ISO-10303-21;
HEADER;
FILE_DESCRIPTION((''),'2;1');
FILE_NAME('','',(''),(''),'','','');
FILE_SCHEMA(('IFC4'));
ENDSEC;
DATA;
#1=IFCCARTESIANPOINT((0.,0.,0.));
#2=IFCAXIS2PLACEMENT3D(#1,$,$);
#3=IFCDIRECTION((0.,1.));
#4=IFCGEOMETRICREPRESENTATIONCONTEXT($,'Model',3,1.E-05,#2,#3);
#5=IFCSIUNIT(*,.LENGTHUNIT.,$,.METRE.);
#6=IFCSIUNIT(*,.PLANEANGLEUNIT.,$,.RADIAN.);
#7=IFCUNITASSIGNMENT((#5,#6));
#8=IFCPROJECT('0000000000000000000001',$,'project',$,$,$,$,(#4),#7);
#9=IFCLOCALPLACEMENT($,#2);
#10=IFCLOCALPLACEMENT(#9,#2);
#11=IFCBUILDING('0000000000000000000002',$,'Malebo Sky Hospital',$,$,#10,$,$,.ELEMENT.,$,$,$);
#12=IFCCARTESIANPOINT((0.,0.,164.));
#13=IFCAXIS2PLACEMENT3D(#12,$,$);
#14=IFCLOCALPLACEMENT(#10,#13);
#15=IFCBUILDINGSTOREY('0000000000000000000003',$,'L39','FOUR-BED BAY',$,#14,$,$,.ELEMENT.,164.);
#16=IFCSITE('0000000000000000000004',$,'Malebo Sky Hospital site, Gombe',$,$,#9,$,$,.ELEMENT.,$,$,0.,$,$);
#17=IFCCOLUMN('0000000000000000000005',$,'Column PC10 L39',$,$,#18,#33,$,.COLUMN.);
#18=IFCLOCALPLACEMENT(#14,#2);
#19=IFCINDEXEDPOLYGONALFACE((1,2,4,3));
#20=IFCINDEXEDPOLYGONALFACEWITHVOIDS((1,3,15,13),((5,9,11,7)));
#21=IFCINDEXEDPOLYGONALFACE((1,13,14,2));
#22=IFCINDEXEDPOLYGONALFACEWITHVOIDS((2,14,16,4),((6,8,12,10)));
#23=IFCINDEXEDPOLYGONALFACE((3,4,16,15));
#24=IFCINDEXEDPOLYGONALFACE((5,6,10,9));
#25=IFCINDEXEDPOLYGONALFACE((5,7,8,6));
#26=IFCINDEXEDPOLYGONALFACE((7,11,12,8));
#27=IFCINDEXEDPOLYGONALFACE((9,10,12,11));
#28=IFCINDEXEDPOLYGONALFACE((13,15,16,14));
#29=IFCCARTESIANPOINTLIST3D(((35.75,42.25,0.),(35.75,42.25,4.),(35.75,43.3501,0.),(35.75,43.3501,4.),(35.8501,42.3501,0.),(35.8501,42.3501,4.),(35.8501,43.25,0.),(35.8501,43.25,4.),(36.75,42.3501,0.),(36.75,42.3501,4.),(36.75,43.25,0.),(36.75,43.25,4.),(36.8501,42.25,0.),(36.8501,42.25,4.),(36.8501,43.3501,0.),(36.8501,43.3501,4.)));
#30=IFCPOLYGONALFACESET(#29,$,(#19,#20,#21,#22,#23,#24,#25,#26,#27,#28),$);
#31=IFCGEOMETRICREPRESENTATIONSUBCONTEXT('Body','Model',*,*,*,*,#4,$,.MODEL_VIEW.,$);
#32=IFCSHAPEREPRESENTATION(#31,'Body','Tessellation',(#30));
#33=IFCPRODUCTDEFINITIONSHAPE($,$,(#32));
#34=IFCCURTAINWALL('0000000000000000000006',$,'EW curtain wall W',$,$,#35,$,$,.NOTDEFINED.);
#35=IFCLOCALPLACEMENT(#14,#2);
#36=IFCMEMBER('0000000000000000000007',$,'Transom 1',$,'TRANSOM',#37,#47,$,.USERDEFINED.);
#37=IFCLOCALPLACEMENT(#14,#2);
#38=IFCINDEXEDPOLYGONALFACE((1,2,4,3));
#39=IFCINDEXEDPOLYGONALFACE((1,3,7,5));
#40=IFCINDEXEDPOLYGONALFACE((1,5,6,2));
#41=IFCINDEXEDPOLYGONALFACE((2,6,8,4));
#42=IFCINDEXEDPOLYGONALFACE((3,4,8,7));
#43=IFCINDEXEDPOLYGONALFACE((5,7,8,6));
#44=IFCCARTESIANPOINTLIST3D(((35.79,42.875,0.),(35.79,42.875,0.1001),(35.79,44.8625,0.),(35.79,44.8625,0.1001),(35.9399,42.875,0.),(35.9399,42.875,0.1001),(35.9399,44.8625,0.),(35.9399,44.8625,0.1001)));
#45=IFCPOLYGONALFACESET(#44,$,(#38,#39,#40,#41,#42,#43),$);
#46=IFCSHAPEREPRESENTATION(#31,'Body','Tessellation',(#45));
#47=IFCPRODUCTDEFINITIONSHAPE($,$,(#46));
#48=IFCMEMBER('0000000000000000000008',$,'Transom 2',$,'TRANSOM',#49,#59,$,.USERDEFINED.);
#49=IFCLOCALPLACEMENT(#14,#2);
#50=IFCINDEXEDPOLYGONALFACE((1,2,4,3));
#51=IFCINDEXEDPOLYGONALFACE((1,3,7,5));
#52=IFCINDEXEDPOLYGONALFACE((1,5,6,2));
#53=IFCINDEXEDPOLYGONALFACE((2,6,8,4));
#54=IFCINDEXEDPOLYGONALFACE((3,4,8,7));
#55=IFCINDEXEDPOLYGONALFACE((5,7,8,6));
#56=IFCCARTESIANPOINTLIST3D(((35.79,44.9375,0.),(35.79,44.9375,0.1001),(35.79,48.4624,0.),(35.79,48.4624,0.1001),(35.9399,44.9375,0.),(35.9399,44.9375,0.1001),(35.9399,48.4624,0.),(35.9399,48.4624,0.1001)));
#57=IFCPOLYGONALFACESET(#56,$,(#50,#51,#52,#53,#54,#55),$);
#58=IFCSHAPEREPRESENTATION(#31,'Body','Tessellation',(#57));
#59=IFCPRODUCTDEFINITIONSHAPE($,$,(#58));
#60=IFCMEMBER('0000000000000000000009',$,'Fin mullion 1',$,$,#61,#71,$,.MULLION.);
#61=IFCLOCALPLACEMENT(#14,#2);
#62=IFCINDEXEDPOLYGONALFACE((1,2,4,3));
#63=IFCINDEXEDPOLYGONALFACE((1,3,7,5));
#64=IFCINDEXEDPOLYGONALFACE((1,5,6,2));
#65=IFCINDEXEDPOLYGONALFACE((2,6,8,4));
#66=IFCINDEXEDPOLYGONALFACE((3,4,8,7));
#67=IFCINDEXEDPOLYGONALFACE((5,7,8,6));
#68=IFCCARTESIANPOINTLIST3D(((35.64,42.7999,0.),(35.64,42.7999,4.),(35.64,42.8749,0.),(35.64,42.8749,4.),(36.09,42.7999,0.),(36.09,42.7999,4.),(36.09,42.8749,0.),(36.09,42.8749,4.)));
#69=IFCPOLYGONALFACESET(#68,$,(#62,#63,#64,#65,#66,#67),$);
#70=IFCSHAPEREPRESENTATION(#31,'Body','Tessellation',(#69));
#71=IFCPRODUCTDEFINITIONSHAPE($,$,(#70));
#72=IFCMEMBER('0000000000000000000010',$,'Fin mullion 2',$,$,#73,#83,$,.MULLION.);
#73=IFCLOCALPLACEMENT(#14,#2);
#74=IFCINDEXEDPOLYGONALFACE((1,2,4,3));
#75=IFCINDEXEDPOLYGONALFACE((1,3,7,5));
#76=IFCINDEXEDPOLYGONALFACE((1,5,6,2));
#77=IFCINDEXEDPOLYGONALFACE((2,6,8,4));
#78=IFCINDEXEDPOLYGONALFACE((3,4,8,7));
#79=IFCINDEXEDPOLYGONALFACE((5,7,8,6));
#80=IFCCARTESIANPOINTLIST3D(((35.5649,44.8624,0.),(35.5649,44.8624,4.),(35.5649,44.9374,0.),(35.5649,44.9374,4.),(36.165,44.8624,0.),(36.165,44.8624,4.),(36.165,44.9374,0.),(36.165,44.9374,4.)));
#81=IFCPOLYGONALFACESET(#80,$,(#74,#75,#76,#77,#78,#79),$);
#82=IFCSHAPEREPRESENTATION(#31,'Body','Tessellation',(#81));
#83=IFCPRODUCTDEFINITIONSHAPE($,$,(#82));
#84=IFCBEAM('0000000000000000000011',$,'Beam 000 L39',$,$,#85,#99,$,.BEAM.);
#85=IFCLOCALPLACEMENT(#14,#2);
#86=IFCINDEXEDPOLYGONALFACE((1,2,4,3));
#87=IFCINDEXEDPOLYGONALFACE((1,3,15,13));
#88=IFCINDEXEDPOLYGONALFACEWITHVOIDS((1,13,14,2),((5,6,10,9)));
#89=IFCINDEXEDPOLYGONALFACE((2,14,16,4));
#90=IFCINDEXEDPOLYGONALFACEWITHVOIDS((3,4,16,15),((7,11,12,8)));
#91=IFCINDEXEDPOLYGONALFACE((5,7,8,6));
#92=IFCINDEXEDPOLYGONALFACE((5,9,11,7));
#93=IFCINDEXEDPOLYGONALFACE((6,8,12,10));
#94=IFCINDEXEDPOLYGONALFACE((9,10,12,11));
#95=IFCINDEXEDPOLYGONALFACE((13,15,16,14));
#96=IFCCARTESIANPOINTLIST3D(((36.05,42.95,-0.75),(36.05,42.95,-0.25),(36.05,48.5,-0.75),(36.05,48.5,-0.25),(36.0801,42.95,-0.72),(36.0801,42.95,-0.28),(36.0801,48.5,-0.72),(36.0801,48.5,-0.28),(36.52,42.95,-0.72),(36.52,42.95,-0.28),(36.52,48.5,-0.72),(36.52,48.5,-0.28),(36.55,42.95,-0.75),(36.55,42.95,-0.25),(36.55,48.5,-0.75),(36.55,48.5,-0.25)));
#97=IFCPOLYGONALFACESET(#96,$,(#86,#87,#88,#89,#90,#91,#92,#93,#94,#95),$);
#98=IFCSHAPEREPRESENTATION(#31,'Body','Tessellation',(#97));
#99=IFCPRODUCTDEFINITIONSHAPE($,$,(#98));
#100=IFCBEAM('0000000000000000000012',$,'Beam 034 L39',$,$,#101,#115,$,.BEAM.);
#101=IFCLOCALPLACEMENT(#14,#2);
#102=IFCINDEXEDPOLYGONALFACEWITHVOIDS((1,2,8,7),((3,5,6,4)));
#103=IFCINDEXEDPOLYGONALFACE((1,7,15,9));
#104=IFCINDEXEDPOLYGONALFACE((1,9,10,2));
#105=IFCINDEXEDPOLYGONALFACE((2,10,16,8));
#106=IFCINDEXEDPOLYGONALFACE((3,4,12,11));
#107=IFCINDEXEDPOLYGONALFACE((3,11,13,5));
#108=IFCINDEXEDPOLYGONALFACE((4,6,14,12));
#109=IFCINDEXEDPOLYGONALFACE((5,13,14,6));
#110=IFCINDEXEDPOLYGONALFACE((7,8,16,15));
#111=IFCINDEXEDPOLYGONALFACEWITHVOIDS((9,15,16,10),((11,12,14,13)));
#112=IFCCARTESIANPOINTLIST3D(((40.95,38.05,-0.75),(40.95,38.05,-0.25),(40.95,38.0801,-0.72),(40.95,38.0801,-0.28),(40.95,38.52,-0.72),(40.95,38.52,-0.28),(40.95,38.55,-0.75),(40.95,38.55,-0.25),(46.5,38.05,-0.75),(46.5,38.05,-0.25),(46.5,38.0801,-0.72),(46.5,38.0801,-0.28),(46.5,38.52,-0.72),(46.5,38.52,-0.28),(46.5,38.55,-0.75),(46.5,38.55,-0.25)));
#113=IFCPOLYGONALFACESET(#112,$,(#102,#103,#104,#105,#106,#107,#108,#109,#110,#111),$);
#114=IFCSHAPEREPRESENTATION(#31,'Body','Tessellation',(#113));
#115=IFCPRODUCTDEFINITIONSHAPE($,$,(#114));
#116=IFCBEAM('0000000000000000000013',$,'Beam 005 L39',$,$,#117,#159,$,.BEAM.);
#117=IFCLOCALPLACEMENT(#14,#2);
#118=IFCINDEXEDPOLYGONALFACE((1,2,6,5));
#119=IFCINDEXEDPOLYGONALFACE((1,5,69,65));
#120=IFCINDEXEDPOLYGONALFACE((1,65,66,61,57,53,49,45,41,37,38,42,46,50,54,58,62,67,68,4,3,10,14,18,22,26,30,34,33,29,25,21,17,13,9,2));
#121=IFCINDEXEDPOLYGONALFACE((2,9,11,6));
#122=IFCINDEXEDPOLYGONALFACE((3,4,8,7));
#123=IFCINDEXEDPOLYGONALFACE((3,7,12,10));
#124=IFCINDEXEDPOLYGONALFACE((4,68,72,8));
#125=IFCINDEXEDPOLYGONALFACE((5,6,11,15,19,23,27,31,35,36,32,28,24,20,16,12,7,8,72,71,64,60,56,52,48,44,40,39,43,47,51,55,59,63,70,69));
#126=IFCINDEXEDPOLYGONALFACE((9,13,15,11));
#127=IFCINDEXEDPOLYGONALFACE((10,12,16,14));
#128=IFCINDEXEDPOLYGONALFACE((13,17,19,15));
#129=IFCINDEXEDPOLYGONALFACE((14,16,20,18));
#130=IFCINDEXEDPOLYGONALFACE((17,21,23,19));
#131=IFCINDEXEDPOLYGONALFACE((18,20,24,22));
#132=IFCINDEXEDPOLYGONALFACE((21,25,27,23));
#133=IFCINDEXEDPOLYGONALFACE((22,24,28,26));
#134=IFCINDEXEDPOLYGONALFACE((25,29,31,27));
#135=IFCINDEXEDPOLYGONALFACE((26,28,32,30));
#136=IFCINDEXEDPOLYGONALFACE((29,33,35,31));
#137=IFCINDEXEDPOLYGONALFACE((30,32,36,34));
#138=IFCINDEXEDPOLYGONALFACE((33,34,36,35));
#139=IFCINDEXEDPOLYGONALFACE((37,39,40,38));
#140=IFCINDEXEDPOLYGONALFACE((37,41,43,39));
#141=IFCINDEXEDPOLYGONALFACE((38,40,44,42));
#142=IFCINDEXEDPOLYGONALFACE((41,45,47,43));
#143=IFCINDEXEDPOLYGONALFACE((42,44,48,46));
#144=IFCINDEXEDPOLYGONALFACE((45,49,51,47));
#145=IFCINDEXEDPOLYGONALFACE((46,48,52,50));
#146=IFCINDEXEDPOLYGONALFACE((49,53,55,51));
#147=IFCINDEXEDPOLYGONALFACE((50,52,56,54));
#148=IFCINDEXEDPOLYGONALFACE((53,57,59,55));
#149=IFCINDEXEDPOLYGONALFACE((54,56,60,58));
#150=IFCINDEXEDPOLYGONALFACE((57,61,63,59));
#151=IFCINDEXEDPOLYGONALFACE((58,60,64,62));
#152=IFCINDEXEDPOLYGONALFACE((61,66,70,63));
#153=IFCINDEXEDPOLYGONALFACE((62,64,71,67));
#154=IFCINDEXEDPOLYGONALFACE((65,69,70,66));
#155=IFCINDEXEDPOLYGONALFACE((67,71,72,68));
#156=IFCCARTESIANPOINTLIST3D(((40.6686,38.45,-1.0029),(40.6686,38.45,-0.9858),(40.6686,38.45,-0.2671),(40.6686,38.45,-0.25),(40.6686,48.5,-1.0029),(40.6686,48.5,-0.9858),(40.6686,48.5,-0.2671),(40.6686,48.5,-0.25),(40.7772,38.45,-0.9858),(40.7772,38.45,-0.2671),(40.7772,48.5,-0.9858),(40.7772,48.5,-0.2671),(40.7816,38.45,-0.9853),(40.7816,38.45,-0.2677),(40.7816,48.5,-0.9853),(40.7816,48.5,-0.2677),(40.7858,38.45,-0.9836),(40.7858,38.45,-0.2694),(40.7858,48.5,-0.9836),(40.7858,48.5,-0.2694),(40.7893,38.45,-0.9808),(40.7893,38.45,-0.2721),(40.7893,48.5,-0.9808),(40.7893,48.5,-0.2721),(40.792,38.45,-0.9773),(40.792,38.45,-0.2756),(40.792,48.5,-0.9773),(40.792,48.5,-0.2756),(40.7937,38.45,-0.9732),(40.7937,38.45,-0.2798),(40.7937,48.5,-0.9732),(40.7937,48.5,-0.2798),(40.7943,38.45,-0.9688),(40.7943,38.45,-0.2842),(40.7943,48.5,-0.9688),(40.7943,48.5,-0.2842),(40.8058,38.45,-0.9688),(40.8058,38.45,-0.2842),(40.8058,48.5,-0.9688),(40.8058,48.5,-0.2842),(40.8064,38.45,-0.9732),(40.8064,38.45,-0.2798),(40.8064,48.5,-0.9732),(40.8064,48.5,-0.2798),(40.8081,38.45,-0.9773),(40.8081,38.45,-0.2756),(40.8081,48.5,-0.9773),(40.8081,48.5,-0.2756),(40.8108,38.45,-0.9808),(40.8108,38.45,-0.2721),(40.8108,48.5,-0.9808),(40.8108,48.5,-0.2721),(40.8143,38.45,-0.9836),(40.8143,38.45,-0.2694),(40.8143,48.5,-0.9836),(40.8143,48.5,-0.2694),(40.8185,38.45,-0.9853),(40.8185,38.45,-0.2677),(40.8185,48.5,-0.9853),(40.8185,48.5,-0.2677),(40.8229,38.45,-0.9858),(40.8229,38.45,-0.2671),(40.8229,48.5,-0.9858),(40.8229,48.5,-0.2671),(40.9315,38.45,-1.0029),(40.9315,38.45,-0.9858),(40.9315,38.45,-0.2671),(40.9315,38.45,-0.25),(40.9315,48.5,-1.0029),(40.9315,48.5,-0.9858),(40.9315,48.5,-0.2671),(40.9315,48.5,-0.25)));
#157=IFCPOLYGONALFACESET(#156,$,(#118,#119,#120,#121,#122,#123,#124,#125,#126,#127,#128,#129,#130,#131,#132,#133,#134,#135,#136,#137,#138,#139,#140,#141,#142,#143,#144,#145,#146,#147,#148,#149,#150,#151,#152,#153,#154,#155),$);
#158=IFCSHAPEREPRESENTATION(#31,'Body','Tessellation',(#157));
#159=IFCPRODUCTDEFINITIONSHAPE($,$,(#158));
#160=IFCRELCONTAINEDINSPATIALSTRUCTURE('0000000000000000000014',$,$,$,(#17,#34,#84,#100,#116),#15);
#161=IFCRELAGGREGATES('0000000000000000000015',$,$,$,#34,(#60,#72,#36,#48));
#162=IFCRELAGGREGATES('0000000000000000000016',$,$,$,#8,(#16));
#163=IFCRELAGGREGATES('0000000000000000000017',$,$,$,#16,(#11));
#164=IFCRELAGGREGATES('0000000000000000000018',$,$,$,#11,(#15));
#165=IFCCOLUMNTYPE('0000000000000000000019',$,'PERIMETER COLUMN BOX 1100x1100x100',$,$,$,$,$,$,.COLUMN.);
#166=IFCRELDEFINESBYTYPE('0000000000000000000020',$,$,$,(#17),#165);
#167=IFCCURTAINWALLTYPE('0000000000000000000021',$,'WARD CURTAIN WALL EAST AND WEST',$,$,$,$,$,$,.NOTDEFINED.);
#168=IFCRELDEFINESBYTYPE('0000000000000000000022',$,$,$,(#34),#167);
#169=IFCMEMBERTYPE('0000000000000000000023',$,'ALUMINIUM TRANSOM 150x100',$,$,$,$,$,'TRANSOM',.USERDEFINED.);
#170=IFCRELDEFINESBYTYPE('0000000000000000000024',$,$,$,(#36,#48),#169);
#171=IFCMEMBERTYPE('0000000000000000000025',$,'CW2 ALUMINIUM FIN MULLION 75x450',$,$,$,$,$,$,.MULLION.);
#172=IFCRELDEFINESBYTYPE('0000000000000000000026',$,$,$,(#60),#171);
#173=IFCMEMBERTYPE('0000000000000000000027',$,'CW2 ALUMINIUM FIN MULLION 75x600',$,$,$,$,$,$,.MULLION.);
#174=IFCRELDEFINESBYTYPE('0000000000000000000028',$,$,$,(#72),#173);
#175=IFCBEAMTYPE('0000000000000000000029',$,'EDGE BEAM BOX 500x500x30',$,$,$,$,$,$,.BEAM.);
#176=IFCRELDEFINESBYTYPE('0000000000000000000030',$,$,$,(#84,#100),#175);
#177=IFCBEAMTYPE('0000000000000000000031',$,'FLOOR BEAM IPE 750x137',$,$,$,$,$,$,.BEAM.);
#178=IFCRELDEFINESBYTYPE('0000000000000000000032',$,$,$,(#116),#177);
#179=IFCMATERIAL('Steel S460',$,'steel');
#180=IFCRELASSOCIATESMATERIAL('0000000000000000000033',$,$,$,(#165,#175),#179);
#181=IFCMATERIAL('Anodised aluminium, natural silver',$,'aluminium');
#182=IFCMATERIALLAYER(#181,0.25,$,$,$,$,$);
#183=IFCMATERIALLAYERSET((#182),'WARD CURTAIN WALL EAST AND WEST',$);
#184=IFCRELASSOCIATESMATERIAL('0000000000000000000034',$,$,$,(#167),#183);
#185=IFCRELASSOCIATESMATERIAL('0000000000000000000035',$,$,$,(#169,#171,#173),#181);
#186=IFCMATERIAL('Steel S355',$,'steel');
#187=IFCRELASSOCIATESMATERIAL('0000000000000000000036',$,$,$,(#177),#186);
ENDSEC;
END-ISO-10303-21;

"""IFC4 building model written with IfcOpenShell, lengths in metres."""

from ifc_helpers import new_model, si_unit, direction, frame, origin, origin_2d, place, context, subcontext, project, spatial, rectangle, hollow_rectangle, i_section, extrude, material, layer, layer_set, material_profile, profile_set, type_object, element, aggregate, save


model = new_model("IFC4")

# Units and contexts
model_context = context("Model", 3, precision=1e-05, world=origin(), true_north=direction((0.0, 1.0)))
body_context = subcontext(model_context, "Body", "Model", "MODEL_VIEW")
ifc_project = project(units=[si_unit("LENGTHUNIT", "METRE"), si_unit("PLANEANGLEUNIT", "RADIAN")], contexts=[model_context])

# Site, building, storey
site_placement = place(None, origin())
site = spatial("IfcSite", under=ifc_project, at=site_placement, Name="Malebo Sky Hospital site, Gombe", CompositionType="ELEMENT", RefElevation=0.0)
building_placement = place(site_placement, origin())
building = spatial("IfcBuilding", under=site, at=building_placement, Name="Malebo Sky Hospital", CompositionType="ELEMENT")
storey_placement = place(building_placement, frame((0.0, 0.0, 164.0)))
storey = spatial("IfcBuildingStorey", under=building, at=storey_placement, Name="L39", Description="FOUR-BED BAY", CompositionType="ELEMENT", Elevation=164.0)

# Column
ifc_material_1 = material(Name="Steel S460", Category="steel")
ifc_material_profile_1 = material_profile(ifc_material_1, hollow_rectangle(XDim=1.1001, YDim=1.1001, WallThickness=0.1001, at=origin_2d()), Name="BOX 1100x1100x100")
ifc_profile_set_1 = profile_set([ifc_material_profile_1], Name="Steel S460")
column_type = type_object("IfcColumnType", Name="PERIMETER COLUMN BOX 1100x1100x100", PredefinedType="COLUMN", material=ifc_profile_set_1)
column_placement = place(storey_placement, frame((36.3, 42.8, 0.0), z_axis=(0.0, 0.0, 1.0), x_axis=(1.0, 0.0, 0.0)))
element("IfcColumn", 1, at=column_placement, inside=storey, type_object=column_type, Name="Column PC10 L39", PredefinedType="COLUMN", context=body_context, shape_type="SweptSolid", body=[
    extrude(hollow_rectangle(XDim=1.1001, YDim=1.1001, WallThickness=0.1001, at=origin_2d()), origin(), (0.0, 0.0, 1.0), 4.0),
])

# Curtain wall, members
ifc_material_2 = material(Name="Anodised aluminium, natural silver", Category="aluminium")
ifc_layer_1 = layer(ifc_material_2, 0.25)
ifc_layer_set_1 = layer_set([ifc_layer_1], Name="WARD CURTAIN WALL EAST AND WEST")
curtain_wall_type = type_object("IfcCurtainWallType", Name="WARD CURTAIN WALL EAST AND WEST", PredefinedType="NOTDEFINED", material=ifc_layer_set_1)
curtain_wall_placement = place(storey_placement, origin())
curtain_wall = element("IfcCurtainWall", 2, at=curtain_wall_placement, inside=storey, type_object=curtain_wall_type, Name="EW curtain wall W", PredefinedType="NOTDEFINED")
ifc_material_profile_2 = material_profile(ifc_material_2, rectangle(XDim=0.1499, YDim=0.1001, at=origin_2d()), Name="ALUMINIUM TRANSOM 150x100")
ifc_profile_set_2 = profile_set([ifc_material_profile_2], Name="Anodised aluminium, natural silver")
member_type_1 = type_object("IfcMemberType", Name="ALUMINIUM TRANSOM 150x100", ElementType="TRANSOM", PredefinedType="USERDEFINED", material=ifc_profile_set_2)
member_1_placement = place(storey_placement, frame((35.865, 42.875, 0.05), z_axis=(0.0, 1.0, 0.0), x_axis=(-1.0, 0.0, 0.0)))
member_1 = element("IfcMember", 3, at=member_1_placement, type_object=member_type_1, Name="Transom 1", ObjectType="TRANSOM", PredefinedType="USERDEFINED", context=body_context, shape_type="SweptSolid", body=[
    extrude(rectangle(XDim=0.1499, YDim=0.1001, at=origin_2d()), origin(), (0.0, 0.0, 1.0), 1.9875),
])
member_2_placement = place(storey_placement, frame((35.865, 44.9375, 0.05), z_axis=(0.0, 1.0, 0.0), x_axis=(-1.0, 0.0, 0.0)))
member_2 = element("IfcMember", 4, at=member_2_placement, type_object=member_type_1, Name="Transom 2", ObjectType="TRANSOM", PredefinedType="USERDEFINED", context=body_context, shape_type="SweptSolid", body=[
    extrude(rectangle(XDim=0.1499, YDim=0.1001, at=origin_2d()), origin(), (0.0, 0.0, 1.0), 3.5249),
])
ifc_material_profile_3 = material_profile(ifc_material_2, rectangle(XDim=0.075, YDim=0.45, at=origin_2d()), Name="CW2 ALUMINIUM FIN MULLION 75x450")
ifc_profile_set_3 = profile_set([ifc_material_profile_3], Name="Anodised aluminium, natural silver")
member_type_2 = type_object("IfcMemberType", Name="CW2 ALUMINIUM FIN MULLION 75x450", PredefinedType="MULLION", material=ifc_profile_set_3)
member_3_placement = place(storey_placement, frame((35.865, 42.8374, 0.0), z_axis=(0.0, 0.0, 1.0), x_axis=(0.0, 1.0, 0.0)))
member_3 = element("IfcMember", 5, at=member_3_placement, type_object=member_type_2, Name="Fin mullion 1", PredefinedType="MULLION", context=body_context, shape_type="SweptSolid", body=[
    extrude(rectangle(XDim=0.075, YDim=0.45, at=origin_2d()), origin(), (0.0, 0.0, 1.0), 4.0),
])
ifc_material_profile_4 = material_profile(ifc_material_2, rectangle(XDim=0.075, YDim=0.6001, at=origin_2d()), Name="CW2 ALUMINIUM FIN MULLION 75x600")
ifc_profile_set_4 = profile_set([ifc_material_profile_4], Name="Anodised aluminium, natural silver")
member_type_3 = type_object("IfcMemberType", Name="CW2 ALUMINIUM FIN MULLION 75x600", PredefinedType="MULLION", material=ifc_profile_set_4)
member_4_placement = place(storey_placement, frame((35.865, 44.8999, 0.0), z_axis=(0.0, 0.0, 1.0), x_axis=(0.0, 1.0, 0.0)))
member_4 = element("IfcMember", 6, at=member_4_placement, type_object=member_type_3, Name="Fin mullion 2", PredefinedType="MULLION", context=body_context, shape_type="SweptSolid", body=[
    extrude(rectangle(XDim=0.075, YDim=0.6001, at=origin_2d()), origin(), (0.0, 0.0, 1.0), 4.0),
])

# Beams
ifc_material_profile_5 = material_profile(ifc_material_1, hollow_rectangle(XDim=0.5, YDim=0.5, WallThickness=0.03, at=origin_2d()), Name="BOX 500x500x30")
ifc_profile_set_5 = profile_set([ifc_material_profile_5], Name="Steel S460")
beam_type_1 = type_object("IfcBeamType", Name="EDGE BEAM BOX 500x500x30", PredefinedType="BEAM", material=ifc_profile_set_5)
for number, where, z_axis, x_axis, name in (
    (7, (36.3, 42.95, -0.5), (0.0, 1.0, 0.0), (-1.0, 0.0, 0.0), "Beam 000 L39"),
    (8, (40.95, 38.3, -0.5), (1.0, 0.0, 0.0), (0.0, 1.0, 0.0), "Beam 034 L39"),
):
    element("IfcBeam", number, at=place(storey_placement, frame(where, z_axis=z_axis, x_axis=x_axis)), inside=storey, type_object=beam_type_1, Name=name, PredefinedType="BEAM", context=body_context, shape_type="SweptSolid", body=[
        extrude(hollow_rectangle(XDim=0.5, YDim=0.5, WallThickness=0.03, at=origin_2d()), origin(), (0.0, 0.0, 1.0), 5.55),
    ])
ifc_material_3 = material(Name="Steel S355", Category="steel")
ifc_material_profile_6 = material_profile(ifc_material_3, i_section(OverallWidth=0.2629, OverallDepth=0.7529, WebThickness=0.0115, FlangeThickness=0.0171, FilletRadius=0.0171, at=origin_2d()), Name="IPE 750x137")
ifc_profile_set_6 = profile_set([ifc_material_profile_6], Name="Steel S355")
beam_type_2 = type_object("IfcBeamType", Name="FLOOR BEAM IPE 750x137", PredefinedType="BEAM", material=ifc_profile_set_6)
for number, where, z_axis, x_axis, name in (
    (9, (40.8, 38.45, -0.6265), (0.0, 1.0, 0.0), (-1.0, 0.0, 0.0), "Beam 005 L39"),
):
    element("IfcBeam", number, at=place(storey_placement, frame(where, z_axis=z_axis, x_axis=x_axis)), inside=storey, type_object=beam_type_2, Name=name, PredefinedType="BEAM", context=body_context, shape_type="SweptSolid", body=[
        extrude(i_section(OverallWidth=0.2629, OverallDepth=0.7529, WebThickness=0.0115, FlangeThickness=0.0171, FilletRadius=0.0171, at=origin_2d()), origin(), (0.0, 0.0, 1.0), 10.05),
    ])

aggregate(curtain_wall, [member_3, member_4, member_1, member_2])

save(model, "model.ifc")
